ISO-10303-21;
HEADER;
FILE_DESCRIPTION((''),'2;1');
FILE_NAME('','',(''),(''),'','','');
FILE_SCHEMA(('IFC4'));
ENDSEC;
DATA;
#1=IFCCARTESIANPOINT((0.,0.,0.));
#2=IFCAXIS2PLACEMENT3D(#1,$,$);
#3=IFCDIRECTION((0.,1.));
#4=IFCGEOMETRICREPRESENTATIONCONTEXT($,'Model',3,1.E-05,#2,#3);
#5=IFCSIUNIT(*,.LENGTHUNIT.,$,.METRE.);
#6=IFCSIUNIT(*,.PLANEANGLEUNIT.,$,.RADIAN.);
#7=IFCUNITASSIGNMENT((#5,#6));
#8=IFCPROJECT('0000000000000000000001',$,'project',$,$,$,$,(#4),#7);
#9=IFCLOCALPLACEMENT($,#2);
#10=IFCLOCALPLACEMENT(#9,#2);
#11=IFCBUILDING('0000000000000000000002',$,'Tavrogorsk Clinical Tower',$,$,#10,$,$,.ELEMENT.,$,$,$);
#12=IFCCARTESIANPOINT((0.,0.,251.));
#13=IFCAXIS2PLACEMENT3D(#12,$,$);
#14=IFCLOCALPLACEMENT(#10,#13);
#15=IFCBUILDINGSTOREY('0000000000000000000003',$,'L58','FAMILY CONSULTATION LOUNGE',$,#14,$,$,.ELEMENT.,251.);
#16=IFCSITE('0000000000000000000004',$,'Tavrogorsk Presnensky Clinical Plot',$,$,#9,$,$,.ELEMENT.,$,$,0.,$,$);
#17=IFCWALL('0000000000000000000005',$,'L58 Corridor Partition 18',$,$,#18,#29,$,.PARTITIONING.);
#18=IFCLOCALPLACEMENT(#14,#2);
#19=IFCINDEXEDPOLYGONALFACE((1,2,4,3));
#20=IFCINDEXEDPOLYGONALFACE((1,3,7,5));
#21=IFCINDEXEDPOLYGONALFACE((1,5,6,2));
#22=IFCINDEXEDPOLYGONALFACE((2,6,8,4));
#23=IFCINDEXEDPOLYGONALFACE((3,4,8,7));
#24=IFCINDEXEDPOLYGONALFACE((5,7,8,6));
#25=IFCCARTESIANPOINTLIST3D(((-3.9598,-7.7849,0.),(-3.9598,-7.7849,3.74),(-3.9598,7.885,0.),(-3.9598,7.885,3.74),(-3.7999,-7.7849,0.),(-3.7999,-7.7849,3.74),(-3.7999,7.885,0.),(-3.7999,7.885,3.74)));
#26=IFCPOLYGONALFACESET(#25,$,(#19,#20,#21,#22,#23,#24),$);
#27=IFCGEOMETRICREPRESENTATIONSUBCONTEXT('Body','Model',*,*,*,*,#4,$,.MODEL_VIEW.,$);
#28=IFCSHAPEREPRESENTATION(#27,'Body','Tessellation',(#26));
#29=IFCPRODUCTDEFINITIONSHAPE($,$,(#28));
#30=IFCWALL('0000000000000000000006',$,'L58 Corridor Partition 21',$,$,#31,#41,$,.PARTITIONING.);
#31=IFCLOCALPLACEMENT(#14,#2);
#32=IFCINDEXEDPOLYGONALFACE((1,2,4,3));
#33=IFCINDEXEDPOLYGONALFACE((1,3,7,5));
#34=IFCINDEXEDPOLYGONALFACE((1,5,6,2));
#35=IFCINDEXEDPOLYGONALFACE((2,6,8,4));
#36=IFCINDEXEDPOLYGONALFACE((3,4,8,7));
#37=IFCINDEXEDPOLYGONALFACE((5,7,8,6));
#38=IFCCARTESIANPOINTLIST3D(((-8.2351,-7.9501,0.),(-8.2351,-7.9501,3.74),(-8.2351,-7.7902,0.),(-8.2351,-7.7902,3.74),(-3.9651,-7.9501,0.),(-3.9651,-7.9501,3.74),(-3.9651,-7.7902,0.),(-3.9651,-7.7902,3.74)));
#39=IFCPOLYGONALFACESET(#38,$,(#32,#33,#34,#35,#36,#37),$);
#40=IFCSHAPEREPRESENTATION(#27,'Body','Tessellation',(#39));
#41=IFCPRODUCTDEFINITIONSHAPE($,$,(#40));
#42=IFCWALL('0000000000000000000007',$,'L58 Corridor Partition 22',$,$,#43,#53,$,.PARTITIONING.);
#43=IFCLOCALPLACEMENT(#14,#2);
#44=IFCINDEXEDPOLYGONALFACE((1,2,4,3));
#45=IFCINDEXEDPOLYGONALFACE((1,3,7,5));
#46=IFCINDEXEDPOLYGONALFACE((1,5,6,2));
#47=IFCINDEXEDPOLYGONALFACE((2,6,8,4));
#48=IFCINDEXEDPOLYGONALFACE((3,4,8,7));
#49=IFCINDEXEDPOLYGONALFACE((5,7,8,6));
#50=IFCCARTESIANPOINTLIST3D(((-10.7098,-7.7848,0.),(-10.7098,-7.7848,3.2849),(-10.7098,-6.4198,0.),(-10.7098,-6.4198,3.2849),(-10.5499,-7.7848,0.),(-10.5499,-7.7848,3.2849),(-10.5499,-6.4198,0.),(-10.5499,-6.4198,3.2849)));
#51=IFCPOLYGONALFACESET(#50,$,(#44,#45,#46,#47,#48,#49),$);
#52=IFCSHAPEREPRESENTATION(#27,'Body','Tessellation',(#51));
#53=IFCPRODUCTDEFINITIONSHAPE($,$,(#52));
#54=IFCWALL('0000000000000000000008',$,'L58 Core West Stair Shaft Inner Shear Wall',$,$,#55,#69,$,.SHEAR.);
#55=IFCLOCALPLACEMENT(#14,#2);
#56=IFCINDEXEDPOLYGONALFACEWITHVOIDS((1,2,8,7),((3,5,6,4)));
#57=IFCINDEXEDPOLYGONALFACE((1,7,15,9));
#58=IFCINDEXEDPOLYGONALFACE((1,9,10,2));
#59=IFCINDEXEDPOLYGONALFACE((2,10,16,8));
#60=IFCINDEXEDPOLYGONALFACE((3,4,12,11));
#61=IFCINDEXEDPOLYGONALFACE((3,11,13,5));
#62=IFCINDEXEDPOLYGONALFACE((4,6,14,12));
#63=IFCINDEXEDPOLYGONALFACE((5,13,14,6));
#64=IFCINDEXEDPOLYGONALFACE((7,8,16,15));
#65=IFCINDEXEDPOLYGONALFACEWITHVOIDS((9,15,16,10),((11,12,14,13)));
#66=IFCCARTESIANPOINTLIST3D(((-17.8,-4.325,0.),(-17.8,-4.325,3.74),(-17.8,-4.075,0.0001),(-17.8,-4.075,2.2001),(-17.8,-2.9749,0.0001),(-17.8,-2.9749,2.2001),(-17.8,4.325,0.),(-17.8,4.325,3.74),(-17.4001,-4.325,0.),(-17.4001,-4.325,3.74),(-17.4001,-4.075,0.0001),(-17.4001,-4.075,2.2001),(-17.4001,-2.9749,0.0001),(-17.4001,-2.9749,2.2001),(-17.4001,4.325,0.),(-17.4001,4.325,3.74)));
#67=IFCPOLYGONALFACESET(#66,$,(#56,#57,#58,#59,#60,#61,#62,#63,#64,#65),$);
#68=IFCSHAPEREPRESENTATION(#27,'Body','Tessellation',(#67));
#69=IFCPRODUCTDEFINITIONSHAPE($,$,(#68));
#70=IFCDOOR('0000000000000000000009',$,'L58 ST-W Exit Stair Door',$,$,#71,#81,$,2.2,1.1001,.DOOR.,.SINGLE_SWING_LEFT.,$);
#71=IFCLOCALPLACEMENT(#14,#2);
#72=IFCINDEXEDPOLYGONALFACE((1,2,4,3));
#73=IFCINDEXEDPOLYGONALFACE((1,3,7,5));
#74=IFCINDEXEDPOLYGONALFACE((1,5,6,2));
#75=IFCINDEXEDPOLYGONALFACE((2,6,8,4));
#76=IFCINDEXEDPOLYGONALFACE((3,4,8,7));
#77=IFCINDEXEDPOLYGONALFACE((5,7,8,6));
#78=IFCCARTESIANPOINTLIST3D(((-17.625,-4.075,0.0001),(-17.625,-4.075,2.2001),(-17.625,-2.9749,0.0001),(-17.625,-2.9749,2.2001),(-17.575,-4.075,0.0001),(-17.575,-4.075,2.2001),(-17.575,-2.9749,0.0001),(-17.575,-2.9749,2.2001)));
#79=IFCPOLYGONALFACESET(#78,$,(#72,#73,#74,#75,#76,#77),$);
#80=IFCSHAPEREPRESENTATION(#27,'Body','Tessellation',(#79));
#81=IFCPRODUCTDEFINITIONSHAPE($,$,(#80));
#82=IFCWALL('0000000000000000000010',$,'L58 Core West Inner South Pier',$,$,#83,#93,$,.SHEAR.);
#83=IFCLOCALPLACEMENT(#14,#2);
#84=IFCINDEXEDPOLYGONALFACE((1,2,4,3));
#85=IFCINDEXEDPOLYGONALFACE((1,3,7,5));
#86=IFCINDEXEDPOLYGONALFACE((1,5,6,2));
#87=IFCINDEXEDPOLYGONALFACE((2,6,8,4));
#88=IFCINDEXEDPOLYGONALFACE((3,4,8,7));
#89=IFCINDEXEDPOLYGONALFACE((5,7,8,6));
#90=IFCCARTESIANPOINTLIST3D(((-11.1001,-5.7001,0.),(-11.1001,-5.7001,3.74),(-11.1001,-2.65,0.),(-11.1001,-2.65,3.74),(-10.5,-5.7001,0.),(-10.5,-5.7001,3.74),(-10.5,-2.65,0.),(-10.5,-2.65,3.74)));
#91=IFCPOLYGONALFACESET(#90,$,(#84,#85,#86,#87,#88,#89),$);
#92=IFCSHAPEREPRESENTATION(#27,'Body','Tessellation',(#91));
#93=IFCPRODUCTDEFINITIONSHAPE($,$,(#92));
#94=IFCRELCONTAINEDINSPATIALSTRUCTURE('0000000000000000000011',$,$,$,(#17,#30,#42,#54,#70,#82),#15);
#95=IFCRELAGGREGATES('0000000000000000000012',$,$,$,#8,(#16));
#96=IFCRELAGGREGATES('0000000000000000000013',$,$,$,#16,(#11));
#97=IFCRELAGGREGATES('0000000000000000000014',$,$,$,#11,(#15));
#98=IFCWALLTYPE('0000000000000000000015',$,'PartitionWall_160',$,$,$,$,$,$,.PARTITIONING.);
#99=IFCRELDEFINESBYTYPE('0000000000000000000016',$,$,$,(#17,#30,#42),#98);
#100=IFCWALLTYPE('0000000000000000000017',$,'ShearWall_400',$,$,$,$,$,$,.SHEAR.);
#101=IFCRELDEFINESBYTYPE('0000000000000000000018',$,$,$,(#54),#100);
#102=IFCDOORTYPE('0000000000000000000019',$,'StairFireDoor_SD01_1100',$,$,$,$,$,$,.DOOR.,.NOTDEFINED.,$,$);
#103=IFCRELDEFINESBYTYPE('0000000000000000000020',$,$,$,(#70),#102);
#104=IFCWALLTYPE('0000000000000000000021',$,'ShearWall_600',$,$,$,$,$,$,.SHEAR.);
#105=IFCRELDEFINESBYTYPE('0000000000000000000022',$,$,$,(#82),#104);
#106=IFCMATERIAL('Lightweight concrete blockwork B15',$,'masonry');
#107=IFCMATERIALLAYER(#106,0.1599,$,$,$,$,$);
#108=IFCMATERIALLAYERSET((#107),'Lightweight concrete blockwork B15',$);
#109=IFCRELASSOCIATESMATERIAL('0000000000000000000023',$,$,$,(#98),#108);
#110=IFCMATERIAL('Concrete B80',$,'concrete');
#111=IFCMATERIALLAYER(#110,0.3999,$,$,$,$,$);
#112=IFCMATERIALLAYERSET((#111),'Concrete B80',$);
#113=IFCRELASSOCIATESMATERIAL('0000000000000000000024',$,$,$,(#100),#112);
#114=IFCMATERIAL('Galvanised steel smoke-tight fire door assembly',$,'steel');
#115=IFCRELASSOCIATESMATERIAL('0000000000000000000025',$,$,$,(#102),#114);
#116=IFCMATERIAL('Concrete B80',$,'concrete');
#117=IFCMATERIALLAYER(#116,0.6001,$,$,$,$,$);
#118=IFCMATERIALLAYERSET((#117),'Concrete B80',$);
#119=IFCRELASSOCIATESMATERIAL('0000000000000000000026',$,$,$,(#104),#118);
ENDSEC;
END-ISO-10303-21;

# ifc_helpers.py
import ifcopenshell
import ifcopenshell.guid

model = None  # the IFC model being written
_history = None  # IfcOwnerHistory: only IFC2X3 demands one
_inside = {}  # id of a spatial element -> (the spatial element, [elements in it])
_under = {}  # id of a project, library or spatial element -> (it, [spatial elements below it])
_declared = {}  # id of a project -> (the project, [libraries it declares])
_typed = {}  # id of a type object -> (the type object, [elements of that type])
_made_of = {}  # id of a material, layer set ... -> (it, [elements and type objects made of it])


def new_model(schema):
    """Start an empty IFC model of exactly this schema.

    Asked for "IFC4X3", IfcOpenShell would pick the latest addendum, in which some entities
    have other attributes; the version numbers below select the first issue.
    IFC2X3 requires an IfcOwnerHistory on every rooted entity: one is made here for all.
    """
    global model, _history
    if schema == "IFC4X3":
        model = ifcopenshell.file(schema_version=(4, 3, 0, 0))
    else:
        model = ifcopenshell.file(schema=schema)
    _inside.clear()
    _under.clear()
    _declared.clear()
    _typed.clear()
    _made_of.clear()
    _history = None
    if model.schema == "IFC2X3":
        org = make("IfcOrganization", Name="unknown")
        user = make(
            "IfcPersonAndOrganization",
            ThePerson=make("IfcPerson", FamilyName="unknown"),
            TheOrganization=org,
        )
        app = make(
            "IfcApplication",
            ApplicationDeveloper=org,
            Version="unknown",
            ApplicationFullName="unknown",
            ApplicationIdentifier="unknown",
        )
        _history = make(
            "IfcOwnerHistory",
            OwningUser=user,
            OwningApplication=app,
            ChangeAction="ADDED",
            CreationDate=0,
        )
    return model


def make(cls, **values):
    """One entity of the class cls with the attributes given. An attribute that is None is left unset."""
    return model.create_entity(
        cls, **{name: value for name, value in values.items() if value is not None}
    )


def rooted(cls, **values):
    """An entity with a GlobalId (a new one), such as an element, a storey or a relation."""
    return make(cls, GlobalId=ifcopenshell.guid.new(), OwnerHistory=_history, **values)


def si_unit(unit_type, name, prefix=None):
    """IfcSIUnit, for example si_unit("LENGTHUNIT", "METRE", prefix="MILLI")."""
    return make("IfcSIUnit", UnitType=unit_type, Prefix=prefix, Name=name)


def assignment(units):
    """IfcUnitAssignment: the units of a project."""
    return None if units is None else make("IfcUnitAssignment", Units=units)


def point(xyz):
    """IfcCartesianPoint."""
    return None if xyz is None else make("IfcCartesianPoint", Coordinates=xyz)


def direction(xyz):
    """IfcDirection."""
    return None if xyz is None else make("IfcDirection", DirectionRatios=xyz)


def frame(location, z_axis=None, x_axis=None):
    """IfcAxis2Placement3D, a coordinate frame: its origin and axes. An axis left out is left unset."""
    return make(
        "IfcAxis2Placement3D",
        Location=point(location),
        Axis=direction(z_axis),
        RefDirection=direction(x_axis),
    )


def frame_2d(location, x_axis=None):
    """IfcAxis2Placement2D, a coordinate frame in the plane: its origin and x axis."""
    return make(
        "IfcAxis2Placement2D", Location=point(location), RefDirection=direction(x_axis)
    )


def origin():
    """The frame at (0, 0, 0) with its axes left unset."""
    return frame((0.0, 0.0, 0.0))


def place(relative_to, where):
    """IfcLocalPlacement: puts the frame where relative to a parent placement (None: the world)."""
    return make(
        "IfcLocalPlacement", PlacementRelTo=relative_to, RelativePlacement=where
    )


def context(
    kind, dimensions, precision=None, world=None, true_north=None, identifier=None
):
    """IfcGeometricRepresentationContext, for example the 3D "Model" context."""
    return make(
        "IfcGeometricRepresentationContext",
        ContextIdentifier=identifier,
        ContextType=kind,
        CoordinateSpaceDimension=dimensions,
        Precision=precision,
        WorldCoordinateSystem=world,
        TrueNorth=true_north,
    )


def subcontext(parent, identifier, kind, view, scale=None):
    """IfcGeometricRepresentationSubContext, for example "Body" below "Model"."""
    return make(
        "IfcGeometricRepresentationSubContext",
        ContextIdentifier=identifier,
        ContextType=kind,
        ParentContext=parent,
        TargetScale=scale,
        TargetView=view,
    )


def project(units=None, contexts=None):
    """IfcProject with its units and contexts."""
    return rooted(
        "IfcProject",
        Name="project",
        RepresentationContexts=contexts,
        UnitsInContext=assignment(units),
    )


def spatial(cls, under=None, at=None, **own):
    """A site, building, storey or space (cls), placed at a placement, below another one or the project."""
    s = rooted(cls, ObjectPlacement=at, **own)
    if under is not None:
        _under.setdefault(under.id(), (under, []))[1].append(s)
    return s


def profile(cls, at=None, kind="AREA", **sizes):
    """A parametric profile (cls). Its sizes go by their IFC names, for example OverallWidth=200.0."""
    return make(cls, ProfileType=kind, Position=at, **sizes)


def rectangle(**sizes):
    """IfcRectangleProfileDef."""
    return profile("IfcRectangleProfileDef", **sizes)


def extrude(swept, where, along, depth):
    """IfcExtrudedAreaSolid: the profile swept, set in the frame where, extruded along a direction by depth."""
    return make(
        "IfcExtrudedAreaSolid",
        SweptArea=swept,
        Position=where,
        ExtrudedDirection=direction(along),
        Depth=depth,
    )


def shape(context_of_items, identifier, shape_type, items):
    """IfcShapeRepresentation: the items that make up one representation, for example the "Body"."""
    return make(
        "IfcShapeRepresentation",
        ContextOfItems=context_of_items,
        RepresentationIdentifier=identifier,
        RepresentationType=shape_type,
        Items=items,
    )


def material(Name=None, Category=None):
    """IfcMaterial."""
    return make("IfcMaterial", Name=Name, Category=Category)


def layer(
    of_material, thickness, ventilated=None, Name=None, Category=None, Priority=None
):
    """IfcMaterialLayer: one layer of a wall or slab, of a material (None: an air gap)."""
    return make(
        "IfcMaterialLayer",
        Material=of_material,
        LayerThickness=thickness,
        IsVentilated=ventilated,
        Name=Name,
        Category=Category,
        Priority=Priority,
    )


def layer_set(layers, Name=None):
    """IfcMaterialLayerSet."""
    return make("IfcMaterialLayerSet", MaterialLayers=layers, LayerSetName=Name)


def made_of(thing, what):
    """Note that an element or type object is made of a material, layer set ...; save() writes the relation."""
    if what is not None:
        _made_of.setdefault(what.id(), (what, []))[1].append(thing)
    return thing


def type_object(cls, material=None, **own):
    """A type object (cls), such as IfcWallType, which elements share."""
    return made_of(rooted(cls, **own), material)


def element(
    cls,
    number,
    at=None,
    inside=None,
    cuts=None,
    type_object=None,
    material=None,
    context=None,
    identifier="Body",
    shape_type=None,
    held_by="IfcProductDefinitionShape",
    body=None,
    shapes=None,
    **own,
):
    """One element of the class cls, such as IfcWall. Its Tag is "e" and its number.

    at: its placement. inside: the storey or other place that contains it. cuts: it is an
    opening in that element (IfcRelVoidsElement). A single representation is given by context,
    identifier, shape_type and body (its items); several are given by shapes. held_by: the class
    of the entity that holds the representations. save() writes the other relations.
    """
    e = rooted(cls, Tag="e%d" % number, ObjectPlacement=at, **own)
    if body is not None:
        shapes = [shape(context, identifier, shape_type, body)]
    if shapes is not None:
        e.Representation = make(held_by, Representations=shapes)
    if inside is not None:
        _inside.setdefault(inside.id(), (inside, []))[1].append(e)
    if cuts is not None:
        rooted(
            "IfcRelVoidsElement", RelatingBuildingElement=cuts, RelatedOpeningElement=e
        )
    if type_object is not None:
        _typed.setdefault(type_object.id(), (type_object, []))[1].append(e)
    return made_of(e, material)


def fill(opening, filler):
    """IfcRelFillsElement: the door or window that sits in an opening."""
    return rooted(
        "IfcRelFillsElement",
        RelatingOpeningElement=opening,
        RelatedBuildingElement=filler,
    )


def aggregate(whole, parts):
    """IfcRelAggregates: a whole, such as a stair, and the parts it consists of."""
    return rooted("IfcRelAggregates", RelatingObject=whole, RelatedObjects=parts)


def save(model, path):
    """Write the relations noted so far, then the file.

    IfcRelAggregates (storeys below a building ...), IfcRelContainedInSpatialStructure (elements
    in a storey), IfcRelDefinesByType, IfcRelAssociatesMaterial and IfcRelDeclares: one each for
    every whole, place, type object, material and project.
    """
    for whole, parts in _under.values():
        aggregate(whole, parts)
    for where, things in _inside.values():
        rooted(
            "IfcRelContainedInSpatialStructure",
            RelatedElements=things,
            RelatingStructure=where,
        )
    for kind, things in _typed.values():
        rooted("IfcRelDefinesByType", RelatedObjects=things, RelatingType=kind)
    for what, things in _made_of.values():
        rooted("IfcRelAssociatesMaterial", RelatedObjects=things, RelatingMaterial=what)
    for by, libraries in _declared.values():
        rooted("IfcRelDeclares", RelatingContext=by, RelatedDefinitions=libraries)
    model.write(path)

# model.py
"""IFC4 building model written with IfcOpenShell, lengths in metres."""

from ifc_helpers import new_model, si_unit, direction, frame, frame_2d, origin, place, context, subcontext, project, spatial, rectangle, extrude, material, layer, layer_set, type_object, element, fill, save


model = new_model("IFC4")

# Units and contexts
model_context = context("Model", 3, precision=1e-05, world=origin(), true_north=direction((0.0, 1.0)))
body_context = subcontext(model_context, "Body", "Model", "MODEL_VIEW")
ifc_project = project(units=[si_unit("LENGTHUNIT", "METRE"), si_unit("PLANEANGLEUNIT", "RADIAN")], contexts=[model_context])

# Site, building, storey
site_placement = place(None, origin())
site = spatial("IfcSite", under=ifc_project, at=site_placement, Name="Tavrogorsk Presnensky Clinical Plot", CompositionType="ELEMENT", RefElevation=0.0)
building_placement = place(site_placement, origin())
building = spatial("IfcBuilding", under=site, at=building_placement, Name="Tavrogorsk Clinical Tower", CompositionType="ELEMENT")
storey_placement = place(building_placement, frame((0.0, 0.0, 251.0)))
storey = spatial("IfcBuildingStorey", under=building, at=storey_placement, Name="L58", Description="FAMILY CONSULTATION LOUNGE", CompositionType="ELEMENT", Elevation=251.0)

# Shared definitions
ifc_material_1 = material(Name="Lightweight concrete blockwork B15", Category="masonry")
ifc_layer_1 = layer(ifc_material_1, 0.1599)
ifc_layer_set_1 = layer_set([ifc_layer_1], Name="Lightweight concrete blockwork B15")
wall_type_1 = type_object("IfcWallType", Name="PartitionWall_160", PredefinedType="PARTITIONING", material=ifc_layer_set_1)

# Walls
wall_1_placement = place(storey_placement, frame((-3.8799, -7.7849, 0.0), z_axis=(0.0, 0.0, 1.0), x_axis=(0.0, 1.0, 0.0)))
element("IfcWall", 1, at=wall_1_placement, inside=storey, type_object=wall_type_1, Name="L58 Corridor Partition 18", PredefinedType="PARTITIONING", context=body_context, shape_type="SweptSolid", body=[
    extrude(rectangle(XDim=15.6699, YDim=0.1599, at=frame_2d((7.835, 0.0))), origin(), (0.0, 0.0, 1.0), 3.74),
])
wall_2_placement = place(storey_placement, frame((-8.2351, -7.8701, 0.0), z_axis=(0.0, 0.0, 1.0), x_axis=(1.0, 0.0, 0.0)))
element("IfcWall", 2, at=wall_2_placement, inside=storey, type_object=wall_type_1, Name="L58 Corridor Partition 21", PredefinedType="PARTITIONING", context=body_context, shape_type="SweptSolid", body=[
    extrude(rectangle(XDim=4.27, YDim=0.1599, at=frame_2d((2.135, 0.0))), origin(), (0.0, 0.0, 1.0), 3.74),
])
wall_3_placement = place(storey_placement, frame((-10.6299, -7.7849, 0.0), z_axis=(0.0, 0.0, 1.0), x_axis=(0.0, 1.0, 0.0)))
element("IfcWall", 3, at=wall_3_placement, inside=storey, type_object=wall_type_1, Name="L58 Corridor Partition 22", PredefinedType="PARTITIONING", context=body_context, shape_type="SweptSolid", body=[
    extrude(rectangle(XDim=1.365, YDim=0.1599, at=frame_2d((0.6826, 0.0))), origin(), (0.0, 0.0, 1.0), 3.2849),
])

# Wall, opening, door
ifc_material_2 = material(Name="Concrete B80", Category="concrete")
ifc_layer_2 = layer(ifc_material_2, 0.3999)
ifc_layer_set_2 = layer_set([ifc_layer_2], Name="Concrete B80")
wall_type_2 = type_object("IfcWallType", Name="ShearWall_400", PredefinedType="SHEAR", material=ifc_layer_set_2)
wall_4_placement = place(storey_placement, frame((-17.6001, -4.325, 0.0), z_axis=(0.0, 0.0, 1.0), x_axis=(0.0, 1.0, 0.0)))
wall_4 = element("IfcWall", 4, at=wall_4_placement, inside=storey, type_object=wall_type_2, Name="L58 Core West Stair Shaft Inner Shear Wall", PredefinedType="SHEAR", context=body_context, shape_type="SweptSolid", body=[
    extrude(rectangle(XDim=8.6499, YDim=0.3999, at=frame_2d((4.325, 0.0))), origin(), (0.0, 0.0, 1.0), 3.74),
])
opening_1_placement = place(wall_4_placement, frame((0.25, 0.0, 0.0)))
opening_1 = element("IfcOpeningElement", 5, at=opening_1_placement, cuts=wall_4, PredefinedType="OPENING", context=body_context, shape_type="SweptSolid", body=[
    extrude(rectangle(XDim=1.1001, YDim=2.2, at=frame_2d((0.55, 1.1001))), frame((0.0, 0.21, 0.0), z_axis=(0.0, -1.0, 0.0), x_axis=(1.0, 0.0, 0.0)), (0.0, 0.0, 1.0), 0.4199),
])
ifc_material_3 = material(Name="Galvanised steel smoke-tight fire door assembly", Category="steel")
door_type_1 = type_object("IfcDoorType", Name="StairFireDoor_SD01_1100", OperationType="NOTDEFINED", PredefinedType="DOOR", material=ifc_material_3)
door_1_placement = place(opening_1_placement, origin())
door_1 = element("IfcDoor", 6, at=door_1_placement, inside=storey, type_object=door_type_1, Name="L58 ST-W Exit Stair Door", OperationType="SINGLE_SWING_LEFT", OverallHeight=2.2, OverallWidth=1.1001, PredefinedType="DOOR", context=body_context, shape_type="SweptSolid", body=[
    extrude(rectangle(XDim=1.1001, YDim=2.2, at=frame_2d((0.55, 1.1001))), frame((0.0, 0.0249, 0.0), z_axis=(0.0, -1.0, 0.0), x_axis=(1.0, 0.0, 0.0)), (0.0, 0.0, 1.0), 0.05),
])
fill(opening_1, door_1)

# Wall
ifc_material_4 = material(Name="Concrete B80", Category="concrete")
ifc_layer_3 = layer(ifc_material_4, 0.6001)
ifc_layer_set_3 = layer_set([ifc_layer_3], Name="Concrete B80")
wall_type_3 = type_object("IfcWallType", Name="ShearWall_600", PredefinedType="SHEAR", material=ifc_layer_set_3)
wall_5_placement = place(storey_placement, frame((-10.8, -5.7, 0.0), z_axis=(0.0, 0.0, 1.0), x_axis=(0.0, 1.0, 0.0)))
element("IfcWall", 7, at=wall_5_placement, inside=storey, type_object=wall_type_3, Name="L58 Core West Inner South Pier", PredefinedType="SHEAR", context=body_context, shape_type="SweptSolid", body=[
    extrude(rectangle(XDim=3.05, YDim=0.6001, at=frame_2d((1.5249, 0.0))), origin(), (0.0, 0.0, 1.0), 3.74),
])

save(model, "model.ifc")
